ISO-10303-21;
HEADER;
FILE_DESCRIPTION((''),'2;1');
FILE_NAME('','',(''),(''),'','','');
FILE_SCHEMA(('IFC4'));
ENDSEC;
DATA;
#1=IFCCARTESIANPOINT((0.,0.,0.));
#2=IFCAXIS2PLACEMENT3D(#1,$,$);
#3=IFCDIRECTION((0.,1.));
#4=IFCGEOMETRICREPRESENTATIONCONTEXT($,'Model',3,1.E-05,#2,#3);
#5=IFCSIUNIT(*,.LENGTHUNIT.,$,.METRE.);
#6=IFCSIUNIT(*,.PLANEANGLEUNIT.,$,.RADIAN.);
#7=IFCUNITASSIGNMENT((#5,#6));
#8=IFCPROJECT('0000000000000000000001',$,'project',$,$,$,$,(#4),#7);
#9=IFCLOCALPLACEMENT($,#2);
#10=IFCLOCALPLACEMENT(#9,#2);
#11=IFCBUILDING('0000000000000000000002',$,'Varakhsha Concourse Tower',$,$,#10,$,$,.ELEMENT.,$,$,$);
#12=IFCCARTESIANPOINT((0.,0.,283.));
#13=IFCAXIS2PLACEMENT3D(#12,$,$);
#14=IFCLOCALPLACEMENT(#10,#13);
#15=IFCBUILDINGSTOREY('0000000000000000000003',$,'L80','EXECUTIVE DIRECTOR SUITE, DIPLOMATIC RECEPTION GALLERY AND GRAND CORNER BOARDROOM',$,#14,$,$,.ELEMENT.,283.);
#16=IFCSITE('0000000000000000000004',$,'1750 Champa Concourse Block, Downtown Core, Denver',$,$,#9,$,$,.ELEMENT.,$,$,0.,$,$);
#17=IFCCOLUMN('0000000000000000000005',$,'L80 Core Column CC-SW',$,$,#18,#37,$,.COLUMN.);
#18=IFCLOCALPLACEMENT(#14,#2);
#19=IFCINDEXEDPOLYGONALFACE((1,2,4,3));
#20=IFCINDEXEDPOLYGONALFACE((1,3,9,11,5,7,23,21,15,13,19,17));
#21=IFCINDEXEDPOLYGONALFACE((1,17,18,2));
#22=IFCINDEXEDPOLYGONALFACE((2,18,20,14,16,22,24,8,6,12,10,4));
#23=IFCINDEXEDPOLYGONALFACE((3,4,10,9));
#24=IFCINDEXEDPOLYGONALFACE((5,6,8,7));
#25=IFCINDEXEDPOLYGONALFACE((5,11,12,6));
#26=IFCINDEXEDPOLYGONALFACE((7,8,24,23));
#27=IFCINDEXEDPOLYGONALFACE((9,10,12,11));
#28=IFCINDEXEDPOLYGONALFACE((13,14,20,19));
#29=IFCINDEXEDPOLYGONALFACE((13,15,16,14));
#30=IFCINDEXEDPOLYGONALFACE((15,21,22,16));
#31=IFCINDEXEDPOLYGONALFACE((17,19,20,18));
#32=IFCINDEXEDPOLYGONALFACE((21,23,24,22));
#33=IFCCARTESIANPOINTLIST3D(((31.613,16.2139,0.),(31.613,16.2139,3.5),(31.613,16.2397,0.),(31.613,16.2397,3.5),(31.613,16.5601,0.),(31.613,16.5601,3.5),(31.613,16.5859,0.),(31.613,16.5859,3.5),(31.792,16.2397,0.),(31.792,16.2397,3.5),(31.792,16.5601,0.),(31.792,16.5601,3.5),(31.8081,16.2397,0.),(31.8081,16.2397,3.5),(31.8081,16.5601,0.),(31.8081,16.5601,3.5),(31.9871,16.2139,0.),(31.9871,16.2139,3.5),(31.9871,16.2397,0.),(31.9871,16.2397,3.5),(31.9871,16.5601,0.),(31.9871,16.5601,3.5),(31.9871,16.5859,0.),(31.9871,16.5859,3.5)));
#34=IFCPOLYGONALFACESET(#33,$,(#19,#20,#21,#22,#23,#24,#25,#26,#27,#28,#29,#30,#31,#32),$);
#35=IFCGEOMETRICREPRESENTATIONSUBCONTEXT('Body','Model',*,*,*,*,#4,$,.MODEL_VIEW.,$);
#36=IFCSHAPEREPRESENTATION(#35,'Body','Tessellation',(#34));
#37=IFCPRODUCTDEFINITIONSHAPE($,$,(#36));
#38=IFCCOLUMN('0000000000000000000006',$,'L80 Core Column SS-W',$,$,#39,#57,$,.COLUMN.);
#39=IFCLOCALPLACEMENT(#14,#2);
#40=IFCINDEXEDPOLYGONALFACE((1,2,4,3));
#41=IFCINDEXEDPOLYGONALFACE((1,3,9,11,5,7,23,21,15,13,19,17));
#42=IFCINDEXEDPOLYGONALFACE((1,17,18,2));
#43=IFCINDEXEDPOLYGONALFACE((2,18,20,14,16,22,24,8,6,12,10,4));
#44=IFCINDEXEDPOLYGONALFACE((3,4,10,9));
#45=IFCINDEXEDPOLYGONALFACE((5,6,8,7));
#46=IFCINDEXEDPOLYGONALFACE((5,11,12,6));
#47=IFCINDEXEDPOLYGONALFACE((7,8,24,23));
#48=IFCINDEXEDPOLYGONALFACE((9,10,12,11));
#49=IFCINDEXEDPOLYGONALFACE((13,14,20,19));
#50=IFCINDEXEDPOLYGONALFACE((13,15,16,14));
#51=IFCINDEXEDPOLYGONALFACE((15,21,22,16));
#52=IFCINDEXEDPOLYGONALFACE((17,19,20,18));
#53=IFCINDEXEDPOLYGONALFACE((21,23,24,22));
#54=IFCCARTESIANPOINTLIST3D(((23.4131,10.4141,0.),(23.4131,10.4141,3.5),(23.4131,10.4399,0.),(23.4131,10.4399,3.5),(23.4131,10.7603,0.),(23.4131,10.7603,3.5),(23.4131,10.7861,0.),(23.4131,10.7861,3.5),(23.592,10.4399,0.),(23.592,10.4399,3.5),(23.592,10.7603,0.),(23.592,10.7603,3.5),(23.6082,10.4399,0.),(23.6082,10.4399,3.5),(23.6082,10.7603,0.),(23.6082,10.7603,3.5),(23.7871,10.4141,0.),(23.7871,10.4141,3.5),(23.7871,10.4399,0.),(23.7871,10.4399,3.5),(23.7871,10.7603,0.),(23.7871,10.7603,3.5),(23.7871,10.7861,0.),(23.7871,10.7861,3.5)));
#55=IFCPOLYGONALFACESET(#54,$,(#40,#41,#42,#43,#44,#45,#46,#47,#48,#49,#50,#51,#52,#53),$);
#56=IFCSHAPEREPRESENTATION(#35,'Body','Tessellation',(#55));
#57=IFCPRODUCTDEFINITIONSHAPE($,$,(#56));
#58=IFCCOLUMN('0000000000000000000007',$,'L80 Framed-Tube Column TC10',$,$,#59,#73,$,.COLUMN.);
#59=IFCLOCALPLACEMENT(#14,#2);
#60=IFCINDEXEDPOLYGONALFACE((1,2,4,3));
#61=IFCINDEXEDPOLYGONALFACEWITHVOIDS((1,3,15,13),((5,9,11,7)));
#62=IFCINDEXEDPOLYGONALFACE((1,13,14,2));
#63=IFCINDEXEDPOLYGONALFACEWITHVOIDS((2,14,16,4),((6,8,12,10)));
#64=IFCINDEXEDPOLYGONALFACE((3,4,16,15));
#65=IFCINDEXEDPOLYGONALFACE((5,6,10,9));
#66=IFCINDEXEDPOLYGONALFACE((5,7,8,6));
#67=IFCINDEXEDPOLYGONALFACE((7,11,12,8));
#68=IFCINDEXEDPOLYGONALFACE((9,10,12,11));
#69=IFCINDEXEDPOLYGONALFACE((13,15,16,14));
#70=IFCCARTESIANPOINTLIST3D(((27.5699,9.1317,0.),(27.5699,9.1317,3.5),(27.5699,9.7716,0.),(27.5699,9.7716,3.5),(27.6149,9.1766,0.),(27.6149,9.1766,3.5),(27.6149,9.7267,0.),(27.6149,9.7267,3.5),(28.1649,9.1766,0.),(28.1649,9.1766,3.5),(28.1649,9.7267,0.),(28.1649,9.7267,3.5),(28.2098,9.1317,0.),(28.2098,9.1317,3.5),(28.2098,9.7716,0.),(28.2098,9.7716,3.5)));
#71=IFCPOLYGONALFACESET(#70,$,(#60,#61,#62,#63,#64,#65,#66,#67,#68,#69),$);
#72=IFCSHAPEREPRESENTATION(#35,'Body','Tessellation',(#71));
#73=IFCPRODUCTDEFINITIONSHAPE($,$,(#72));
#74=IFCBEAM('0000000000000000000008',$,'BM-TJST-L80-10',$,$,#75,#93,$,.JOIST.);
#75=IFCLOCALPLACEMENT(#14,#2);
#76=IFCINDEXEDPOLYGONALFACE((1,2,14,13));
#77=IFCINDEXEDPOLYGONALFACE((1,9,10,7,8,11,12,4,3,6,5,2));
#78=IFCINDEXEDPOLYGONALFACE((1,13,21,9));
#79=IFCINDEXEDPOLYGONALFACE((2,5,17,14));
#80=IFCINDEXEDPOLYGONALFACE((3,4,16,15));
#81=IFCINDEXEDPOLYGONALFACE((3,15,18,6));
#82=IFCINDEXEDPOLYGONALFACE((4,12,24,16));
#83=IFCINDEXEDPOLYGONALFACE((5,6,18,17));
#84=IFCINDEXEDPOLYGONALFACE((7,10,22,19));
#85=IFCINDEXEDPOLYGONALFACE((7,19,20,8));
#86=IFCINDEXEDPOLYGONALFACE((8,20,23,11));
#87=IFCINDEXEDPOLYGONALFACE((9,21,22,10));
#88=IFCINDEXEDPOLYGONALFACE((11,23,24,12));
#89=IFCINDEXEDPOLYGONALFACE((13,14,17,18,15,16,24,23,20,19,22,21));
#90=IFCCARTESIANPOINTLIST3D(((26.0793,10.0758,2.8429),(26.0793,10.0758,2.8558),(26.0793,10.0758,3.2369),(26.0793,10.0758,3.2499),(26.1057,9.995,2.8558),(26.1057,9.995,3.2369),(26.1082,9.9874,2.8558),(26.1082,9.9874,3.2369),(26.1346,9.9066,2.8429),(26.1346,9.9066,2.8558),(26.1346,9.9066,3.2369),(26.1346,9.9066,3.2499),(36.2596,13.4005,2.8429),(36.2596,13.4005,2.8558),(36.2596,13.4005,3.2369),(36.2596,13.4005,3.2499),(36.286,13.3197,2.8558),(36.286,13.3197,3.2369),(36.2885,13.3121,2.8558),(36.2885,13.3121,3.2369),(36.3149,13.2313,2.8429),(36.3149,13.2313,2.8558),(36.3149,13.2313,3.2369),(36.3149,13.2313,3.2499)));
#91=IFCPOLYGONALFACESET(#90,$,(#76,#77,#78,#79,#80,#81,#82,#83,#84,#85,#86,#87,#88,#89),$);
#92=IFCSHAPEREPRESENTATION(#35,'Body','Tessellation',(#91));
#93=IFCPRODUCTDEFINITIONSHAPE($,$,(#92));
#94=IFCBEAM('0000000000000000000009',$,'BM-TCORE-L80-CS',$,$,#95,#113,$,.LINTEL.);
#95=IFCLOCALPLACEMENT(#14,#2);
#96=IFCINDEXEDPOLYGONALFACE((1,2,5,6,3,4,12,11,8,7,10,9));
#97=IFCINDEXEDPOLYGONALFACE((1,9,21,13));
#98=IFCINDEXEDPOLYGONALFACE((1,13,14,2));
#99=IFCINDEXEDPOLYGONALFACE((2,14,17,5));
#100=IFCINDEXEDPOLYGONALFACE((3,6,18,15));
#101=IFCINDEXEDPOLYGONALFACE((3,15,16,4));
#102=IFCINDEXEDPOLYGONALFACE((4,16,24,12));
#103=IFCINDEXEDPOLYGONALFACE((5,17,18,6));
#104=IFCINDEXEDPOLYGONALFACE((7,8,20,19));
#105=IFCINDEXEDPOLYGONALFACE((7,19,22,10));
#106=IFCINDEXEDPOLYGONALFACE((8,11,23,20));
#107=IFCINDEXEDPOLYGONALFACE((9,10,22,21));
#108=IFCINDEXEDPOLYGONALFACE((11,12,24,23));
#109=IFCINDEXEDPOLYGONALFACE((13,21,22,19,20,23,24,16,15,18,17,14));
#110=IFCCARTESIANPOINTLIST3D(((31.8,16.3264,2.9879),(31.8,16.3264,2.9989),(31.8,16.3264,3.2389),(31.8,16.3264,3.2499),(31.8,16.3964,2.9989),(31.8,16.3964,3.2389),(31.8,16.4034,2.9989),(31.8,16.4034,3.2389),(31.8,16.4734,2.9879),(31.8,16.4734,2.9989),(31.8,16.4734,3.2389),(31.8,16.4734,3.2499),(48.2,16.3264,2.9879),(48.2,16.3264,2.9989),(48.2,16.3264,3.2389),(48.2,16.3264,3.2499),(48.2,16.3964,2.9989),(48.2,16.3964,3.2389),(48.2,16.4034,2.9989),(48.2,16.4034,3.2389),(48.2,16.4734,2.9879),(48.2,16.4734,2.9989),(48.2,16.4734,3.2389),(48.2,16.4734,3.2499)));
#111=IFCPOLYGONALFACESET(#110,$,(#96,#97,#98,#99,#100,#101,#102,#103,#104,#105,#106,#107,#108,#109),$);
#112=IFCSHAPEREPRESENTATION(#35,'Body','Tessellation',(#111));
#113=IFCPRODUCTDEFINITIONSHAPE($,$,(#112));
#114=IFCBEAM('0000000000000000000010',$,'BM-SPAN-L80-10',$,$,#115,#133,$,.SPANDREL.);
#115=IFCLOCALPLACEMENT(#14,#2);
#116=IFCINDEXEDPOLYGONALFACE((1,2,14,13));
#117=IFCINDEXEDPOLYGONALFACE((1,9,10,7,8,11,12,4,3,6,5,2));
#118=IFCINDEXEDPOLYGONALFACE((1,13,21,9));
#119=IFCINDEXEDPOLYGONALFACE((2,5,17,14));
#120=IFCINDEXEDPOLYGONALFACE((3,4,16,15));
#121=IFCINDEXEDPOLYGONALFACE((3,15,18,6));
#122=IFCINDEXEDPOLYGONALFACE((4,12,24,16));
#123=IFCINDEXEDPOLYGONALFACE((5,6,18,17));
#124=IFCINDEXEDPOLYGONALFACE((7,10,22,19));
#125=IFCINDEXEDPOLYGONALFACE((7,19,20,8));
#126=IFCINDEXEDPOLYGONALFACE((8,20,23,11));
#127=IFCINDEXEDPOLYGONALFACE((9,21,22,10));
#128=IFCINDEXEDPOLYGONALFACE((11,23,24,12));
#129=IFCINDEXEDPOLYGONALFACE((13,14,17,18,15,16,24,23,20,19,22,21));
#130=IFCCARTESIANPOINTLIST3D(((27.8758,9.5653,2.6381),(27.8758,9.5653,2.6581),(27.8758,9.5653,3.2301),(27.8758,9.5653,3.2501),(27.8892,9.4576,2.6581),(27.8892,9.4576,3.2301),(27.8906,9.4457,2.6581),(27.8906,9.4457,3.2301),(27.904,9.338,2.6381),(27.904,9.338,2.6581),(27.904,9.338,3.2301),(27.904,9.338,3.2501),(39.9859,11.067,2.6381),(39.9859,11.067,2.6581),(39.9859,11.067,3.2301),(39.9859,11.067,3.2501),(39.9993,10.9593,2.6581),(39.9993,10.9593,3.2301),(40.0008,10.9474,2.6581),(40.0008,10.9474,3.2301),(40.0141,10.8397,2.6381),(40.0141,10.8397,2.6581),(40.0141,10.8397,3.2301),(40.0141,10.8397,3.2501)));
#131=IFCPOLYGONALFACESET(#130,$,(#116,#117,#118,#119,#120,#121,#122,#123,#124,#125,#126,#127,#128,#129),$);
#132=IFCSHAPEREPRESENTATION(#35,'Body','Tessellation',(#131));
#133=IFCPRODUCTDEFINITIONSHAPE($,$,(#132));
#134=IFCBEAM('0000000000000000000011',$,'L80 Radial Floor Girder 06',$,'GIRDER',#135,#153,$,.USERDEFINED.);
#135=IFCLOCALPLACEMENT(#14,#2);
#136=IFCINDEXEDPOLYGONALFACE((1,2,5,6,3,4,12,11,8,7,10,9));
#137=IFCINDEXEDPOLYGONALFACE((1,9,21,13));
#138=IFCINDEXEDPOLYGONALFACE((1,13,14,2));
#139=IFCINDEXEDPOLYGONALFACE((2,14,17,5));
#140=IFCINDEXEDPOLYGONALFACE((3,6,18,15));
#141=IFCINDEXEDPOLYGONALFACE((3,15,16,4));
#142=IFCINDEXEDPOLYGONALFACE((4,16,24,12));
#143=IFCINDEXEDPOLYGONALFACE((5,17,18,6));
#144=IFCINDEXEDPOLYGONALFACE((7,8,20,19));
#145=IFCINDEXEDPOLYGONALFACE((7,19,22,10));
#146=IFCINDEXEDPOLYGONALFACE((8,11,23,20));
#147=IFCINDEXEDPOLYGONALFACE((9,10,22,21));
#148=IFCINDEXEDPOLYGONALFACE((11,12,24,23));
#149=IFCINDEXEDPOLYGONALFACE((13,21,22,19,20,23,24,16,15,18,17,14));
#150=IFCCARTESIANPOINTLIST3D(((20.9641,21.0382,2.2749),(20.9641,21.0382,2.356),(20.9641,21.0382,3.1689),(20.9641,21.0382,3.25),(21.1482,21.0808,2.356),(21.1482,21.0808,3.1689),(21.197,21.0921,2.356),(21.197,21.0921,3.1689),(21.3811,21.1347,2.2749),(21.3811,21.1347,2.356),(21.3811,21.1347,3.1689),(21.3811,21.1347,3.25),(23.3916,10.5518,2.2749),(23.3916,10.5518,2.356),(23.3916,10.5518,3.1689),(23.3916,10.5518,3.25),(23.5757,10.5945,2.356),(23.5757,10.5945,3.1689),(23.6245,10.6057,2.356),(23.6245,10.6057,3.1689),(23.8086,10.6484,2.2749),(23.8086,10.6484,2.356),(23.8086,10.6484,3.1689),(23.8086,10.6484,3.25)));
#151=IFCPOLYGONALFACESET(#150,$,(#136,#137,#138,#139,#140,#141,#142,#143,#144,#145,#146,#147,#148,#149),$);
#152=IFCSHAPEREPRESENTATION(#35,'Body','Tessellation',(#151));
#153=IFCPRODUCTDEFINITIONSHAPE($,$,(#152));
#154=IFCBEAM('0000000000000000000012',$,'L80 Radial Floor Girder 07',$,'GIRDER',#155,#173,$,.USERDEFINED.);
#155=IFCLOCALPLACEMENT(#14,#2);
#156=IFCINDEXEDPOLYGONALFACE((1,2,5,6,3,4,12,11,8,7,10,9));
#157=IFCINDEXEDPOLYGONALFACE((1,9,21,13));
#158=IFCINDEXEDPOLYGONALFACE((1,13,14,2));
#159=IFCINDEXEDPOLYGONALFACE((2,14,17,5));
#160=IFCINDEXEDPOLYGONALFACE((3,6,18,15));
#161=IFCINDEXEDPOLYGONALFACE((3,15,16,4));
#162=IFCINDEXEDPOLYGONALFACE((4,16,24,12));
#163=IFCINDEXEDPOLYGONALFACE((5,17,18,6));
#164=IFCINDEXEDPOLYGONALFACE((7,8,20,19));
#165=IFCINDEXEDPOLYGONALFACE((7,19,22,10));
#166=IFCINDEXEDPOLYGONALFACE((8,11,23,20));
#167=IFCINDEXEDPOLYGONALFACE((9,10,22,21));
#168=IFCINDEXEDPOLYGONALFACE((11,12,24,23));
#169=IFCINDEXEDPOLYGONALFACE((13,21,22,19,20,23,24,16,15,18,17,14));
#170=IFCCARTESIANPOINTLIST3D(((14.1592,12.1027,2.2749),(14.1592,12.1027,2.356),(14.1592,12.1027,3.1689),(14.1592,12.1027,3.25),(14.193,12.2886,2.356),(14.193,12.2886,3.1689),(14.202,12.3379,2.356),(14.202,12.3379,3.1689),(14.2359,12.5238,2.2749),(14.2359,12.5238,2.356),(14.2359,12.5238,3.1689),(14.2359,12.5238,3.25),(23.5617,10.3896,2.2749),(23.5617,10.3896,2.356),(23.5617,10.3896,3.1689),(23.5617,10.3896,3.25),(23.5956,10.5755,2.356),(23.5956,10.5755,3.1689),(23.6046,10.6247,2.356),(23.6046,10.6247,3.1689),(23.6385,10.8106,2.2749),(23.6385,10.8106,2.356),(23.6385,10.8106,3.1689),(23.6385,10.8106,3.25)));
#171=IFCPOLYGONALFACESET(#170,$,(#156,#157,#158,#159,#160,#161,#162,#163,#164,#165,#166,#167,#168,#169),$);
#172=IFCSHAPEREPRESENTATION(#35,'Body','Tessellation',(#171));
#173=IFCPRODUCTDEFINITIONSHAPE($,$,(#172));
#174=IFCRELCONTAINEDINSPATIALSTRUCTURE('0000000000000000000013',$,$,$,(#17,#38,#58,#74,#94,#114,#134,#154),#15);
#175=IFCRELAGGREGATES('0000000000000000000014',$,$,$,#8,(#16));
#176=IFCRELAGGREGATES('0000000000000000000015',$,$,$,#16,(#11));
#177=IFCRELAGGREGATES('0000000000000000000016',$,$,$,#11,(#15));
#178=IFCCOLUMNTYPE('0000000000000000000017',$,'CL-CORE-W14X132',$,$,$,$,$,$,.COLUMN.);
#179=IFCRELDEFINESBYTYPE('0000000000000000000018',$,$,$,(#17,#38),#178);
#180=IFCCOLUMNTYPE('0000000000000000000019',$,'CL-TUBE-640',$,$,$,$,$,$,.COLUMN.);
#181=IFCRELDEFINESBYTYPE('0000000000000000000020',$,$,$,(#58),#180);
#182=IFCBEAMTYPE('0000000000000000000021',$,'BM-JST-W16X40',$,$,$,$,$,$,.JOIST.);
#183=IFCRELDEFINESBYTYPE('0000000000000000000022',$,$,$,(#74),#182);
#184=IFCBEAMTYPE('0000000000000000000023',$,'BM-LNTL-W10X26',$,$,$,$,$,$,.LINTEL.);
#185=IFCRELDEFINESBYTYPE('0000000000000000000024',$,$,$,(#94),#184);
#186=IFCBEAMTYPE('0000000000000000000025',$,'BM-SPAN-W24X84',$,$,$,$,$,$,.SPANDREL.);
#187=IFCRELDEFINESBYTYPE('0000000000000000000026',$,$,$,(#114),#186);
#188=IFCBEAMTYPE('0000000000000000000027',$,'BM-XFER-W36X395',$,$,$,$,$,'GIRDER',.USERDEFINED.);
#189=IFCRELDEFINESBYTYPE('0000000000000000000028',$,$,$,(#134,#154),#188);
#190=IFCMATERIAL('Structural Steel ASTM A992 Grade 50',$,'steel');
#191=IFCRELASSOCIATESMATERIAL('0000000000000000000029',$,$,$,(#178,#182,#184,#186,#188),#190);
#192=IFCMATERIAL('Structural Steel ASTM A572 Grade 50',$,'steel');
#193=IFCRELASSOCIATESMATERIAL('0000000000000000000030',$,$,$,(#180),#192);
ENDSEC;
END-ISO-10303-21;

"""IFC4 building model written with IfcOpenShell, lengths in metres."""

from ifc_helpers import new_model, si_unit, direction, frame, origin, origin_2d, place, context, subcontext, project, spatial, hollow_rectangle, i_section, extrude, material, material_profile, profile_set, type_object, element, save


model = new_model("IFC4")

# Units and contexts
model_context = context("Model", 3, precision=1e-05, world=origin(), true_north=direction((0.0, 1.0)))
body_context = subcontext(model_context, "Body", "Model", "MODEL_VIEW")
ifc_project = project(units=[si_unit("LENGTHUNIT", "METRE"), si_unit("PLANEANGLEUNIT", "RADIAN")], contexts=[model_context])

# Site, building, storey
site_placement = place(None, origin())
site = spatial("IfcSite", under=ifc_project, at=site_placement, Name="1750 Champa Concourse Block, Downtown Core, Denver", CompositionType="ELEMENT", RefElevation=0.0)
building_placement = place(site_placement, origin())
building = spatial("IfcBuilding", under=site, at=building_placement, Name="Varakhsha Concourse Tower", CompositionType="ELEMENT")
storey_placement = place(building_placement, frame((0.0, 0.0, 283.0)))
storey = spatial("IfcBuildingStorey", under=building, at=storey_placement, Name="L80", Description="EXECUTIVE DIRECTOR SUITE, DIPLOMATIC RECEPTION GALLERY AND GRAND CORNER BOARDROOM", CompositionType="ELEMENT", Elevation=283.0)

# Columns
ifc_material_1 = material(Name="Structural Steel ASTM A992 Grade 50", Category="steel")
ifc_material_profile_1 = material_profile(ifc_material_1, i_section(OverallWidth=0.374, OverallDepth=0.3721, WebThickness=0.0161, FlangeThickness=0.0259, at=origin_2d()), Name="W14X132")
ifc_profile_set_1 = profile_set([ifc_material_profile_1], Name="Structural Steel ASTM A992 Grade 50")
column_type_1 = type_object("IfcColumnType", Name="CL-CORE-W14X132", PredefinedType="COLUMN", material=ifc_profile_set_1)
for number, where, z_axis, x_axis, name in (
    (1, (31.8, 16.3999, 0.0), (0.0, 0.0, 1.0), (1.0, 0.0, 0.0), "L80 Core Column CC-SW"),
    (2, (23.6001, 10.6001, 0.0), (0.0, 0.0, 1.0), (1.0, 0.0, 0.0), "L80 Core Column SS-W"),
):
    element("IfcColumn", number, at=place(storey_placement, frame(where, z_axis=z_axis, x_axis=x_axis)), inside=storey, type_object=column_type_1, Name=name, PredefinedType="COLUMN", context=body_context, shape_type="SweptSolid", body=[
        extrude(i_section(OverallWidth=0.374, OverallDepth=0.3721, WebThickness=0.0161, FlangeThickness=0.0259, at=origin_2d()), origin(), (0.0, 0.0, 1.0), 3.5),
    ])
ifc_material_2 = material(Name="Structural Steel ASTM A572 Grade 50", Category="steel")
ifc_material_profile_2 = material_profile(ifc_material_2, hollow_rectangle(XDim=0.6399, YDim=0.6399, WallThickness=0.0449, at=origin_2d()), Name="BOX 640x640x45")
ifc_profile_set_2 = profile_set([ifc_material_profile_2], Name="Structural Steel ASTM A572 Grade 50")
column_type_2 = type_object("IfcColumnType", Name="CL-TUBE-640", PredefinedType="COLUMN", material=ifc_profile_set_2)
column_placement = place(storey_placement, frame((27.8899, 9.4517, 0.0), z_axis=(0.0, 0.0, 1.0), x_axis=(1.0, 0.0, 0.0)))
element("IfcColumn", 3, at=column_placement, inside=storey, type_object=column_type_2, Name="L80 Framed-Tube Column TC10", PredefinedType="COLUMN", context=body_context, shape_type="SweptSolid", body=[
    extrude(hollow_rectangle(XDim=0.6399, YDim=0.6399, WallThickness=0.0449, at=origin_2d()), origin(), (0.0, 0.0, 1.0), 3.5),
])

# Beams
ifc_material_profile_3 = material_profile(ifc_material_1, i_section(OverallWidth=0.178, OverallDepth=0.407, WebThickness=0.0081, FlangeThickness=0.0129, at=origin_2d()), Name="W16X40")
ifc_profile_set_3 = profile_set([ifc_material_profile_3], Name="Structural Steel ASTM A992 Grade 50")
beam_type_1 = type_object("IfcBeamType", Name="BM-JST-W16X40", PredefinedType="JOIST", material=ifc_profile_set_3)
beam_1_placement = place(storey_placement, frame((26.1069, 9.9912, 3.0464), z_axis=(0.950592, 0.310443, 0.0), x_axis=(-0.310443, 0.950592, 0.0)))
element("IfcBeam", 4, at=beam_1_placement, inside=storey, type_object=beam_type_1, Name="BM-TJST-L80-10", PredefinedType="JOIST", context=body_context, shape_type="SweptSolid", body=[
    extrude(i_section(OverallWidth=0.178, OverallDepth=0.407, WebThickness=0.0081, FlangeThickness=0.0129, at=origin_2d()), origin(), (0.0, 0.0, 1.0), 10.7095),
])
ifc_material_profile_4 = material_profile(ifc_material_1, i_section(OverallWidth=0.147, OverallDepth=0.262, WebThickness=0.0071, FlangeThickness=0.011, at=origin_2d()), Name="W10X26")
ifc_profile_set_4 = profile_set([ifc_material_profile_4], Name="Structural Steel ASTM A992 Grade 50")
beam_type_2 = type_object("IfcBeamType", Name="BM-LNTL-W10X26", PredefinedType="LINTEL", material=ifc_profile_set_4)
beam_2_placement = place(storey_placement, frame((31.8, 16.3999, 3.1189), z_axis=(1.0, 0.0, 0.0), x_axis=(0.0, 1.0, 0.0)))
element("IfcBeam", 5, at=beam_2_placement, inside=storey, type_object=beam_type_2, Name="BM-TCORE-L80-CS", PredefinedType="LINTEL", context=body_context, shape_type="SweptSolid", body=[
    extrude(i_section(OverallWidth=0.147, OverallDepth=0.262, WebThickness=0.0071, FlangeThickness=0.011, at=origin_2d()), origin(), (0.0, 0.0, 1.0), 16.3999),
])
ifc_material_profile_5 = material_profile(ifc_material_1, i_section(OverallWidth=0.229, OverallDepth=0.6121, WebThickness=0.012, FlangeThickness=0.02, at=origin_2d()), Name="W24X84")
ifc_profile_set_5 = profile_set([ifc_material_profile_5], Name="Structural Steel ASTM A992 Grade 50")
beam_type_3 = type_object("IfcBeamType", Name="BM-SPAN-W24X84", PredefinedType="SPANDREL", material=ifc_profile_set_5)
beam_3_placement = place(storey_placement, frame((27.8899, 9.4517, 2.9441), z_axis=(0.992399, 0.123062, 0.0), x_axis=(-0.123062, 0.992399, 0.0)))
element("IfcBeam", 6, at=beam_3_placement, inside=storey, type_object=beam_type_3, Name="BM-SPAN-L80-10", PredefinedType="SPANDREL", context=body_context, shape_type="SweptSolid", body=[
    extrude(i_section(OverallWidth=0.229, OverallDepth=0.6121, WebThickness=0.012, FlangeThickness=0.02, at=origin_2d()), origin(), (0.0, 0.0, 1.0), 12.2029),
])
ifc_material_profile_6 = material_profile(ifc_material_1, i_section(OverallWidth=0.428, OverallDepth=0.9751, WebThickness=0.05, FlangeThickness=0.0811, at=origin_2d()), Name="W36X395")
ifc_profile_set_6 = profile_set([ifc_material_profile_6], Name="Structural Steel ASTM A992 Grade 50")
beam_type_4 = type_object("IfcBeamType", Name="BM-XFER-W36X395", ElementType="GIRDER", PredefinedType="USERDEFINED", material=ifc_profile_set_6)
beam_4_placement = place(storey_placement, frame((23.6001, 10.6001, 2.7625), z_axis=(-0.225527, 0.974237, 0.0), x_axis=(-0.974237, -0.225527, 0.0)))
element("IfcBeam", 7, at=beam_4_placement, inside=storey, type_object=beam_type_4, Name="L80 Radial Floor Girder 06", ObjectType="GIRDER", PredefinedType="USERDEFINED", context=body_context, shape_type="SweptSolid", body=[
    extrude(i_section(OverallWidth=0.428, OverallDepth=0.9751, WebThickness=0.05, FlangeThickness=0.0811, at=origin_2d()), origin(), (0.0, 0.0, 1.0), 10.7637),
])
beam_5_placement = place(storey_placement, frame((23.6001, 10.6001, 2.7625), z_axis=(-0.983804, 0.179247, 0.0), x_axis=(-0.179247, -0.983804, 0.0)))
element("IfcBeam", 8, at=beam_5_placement, inside=storey, type_object=beam_type_4, Name="L80 Radial Floor Girder 07", ObjectType="GIRDER", PredefinedType="USERDEFINED", context=body_context, shape_type="SweptSolid", body=[
    extrude(i_section(OverallWidth=0.428, OverallDepth=0.9751, WebThickness=0.05, FlangeThickness=0.0811, at=origin_2d()), origin(), (0.0, 0.0, 1.0), 9.5574),
])

save(model, "model.ifc")
